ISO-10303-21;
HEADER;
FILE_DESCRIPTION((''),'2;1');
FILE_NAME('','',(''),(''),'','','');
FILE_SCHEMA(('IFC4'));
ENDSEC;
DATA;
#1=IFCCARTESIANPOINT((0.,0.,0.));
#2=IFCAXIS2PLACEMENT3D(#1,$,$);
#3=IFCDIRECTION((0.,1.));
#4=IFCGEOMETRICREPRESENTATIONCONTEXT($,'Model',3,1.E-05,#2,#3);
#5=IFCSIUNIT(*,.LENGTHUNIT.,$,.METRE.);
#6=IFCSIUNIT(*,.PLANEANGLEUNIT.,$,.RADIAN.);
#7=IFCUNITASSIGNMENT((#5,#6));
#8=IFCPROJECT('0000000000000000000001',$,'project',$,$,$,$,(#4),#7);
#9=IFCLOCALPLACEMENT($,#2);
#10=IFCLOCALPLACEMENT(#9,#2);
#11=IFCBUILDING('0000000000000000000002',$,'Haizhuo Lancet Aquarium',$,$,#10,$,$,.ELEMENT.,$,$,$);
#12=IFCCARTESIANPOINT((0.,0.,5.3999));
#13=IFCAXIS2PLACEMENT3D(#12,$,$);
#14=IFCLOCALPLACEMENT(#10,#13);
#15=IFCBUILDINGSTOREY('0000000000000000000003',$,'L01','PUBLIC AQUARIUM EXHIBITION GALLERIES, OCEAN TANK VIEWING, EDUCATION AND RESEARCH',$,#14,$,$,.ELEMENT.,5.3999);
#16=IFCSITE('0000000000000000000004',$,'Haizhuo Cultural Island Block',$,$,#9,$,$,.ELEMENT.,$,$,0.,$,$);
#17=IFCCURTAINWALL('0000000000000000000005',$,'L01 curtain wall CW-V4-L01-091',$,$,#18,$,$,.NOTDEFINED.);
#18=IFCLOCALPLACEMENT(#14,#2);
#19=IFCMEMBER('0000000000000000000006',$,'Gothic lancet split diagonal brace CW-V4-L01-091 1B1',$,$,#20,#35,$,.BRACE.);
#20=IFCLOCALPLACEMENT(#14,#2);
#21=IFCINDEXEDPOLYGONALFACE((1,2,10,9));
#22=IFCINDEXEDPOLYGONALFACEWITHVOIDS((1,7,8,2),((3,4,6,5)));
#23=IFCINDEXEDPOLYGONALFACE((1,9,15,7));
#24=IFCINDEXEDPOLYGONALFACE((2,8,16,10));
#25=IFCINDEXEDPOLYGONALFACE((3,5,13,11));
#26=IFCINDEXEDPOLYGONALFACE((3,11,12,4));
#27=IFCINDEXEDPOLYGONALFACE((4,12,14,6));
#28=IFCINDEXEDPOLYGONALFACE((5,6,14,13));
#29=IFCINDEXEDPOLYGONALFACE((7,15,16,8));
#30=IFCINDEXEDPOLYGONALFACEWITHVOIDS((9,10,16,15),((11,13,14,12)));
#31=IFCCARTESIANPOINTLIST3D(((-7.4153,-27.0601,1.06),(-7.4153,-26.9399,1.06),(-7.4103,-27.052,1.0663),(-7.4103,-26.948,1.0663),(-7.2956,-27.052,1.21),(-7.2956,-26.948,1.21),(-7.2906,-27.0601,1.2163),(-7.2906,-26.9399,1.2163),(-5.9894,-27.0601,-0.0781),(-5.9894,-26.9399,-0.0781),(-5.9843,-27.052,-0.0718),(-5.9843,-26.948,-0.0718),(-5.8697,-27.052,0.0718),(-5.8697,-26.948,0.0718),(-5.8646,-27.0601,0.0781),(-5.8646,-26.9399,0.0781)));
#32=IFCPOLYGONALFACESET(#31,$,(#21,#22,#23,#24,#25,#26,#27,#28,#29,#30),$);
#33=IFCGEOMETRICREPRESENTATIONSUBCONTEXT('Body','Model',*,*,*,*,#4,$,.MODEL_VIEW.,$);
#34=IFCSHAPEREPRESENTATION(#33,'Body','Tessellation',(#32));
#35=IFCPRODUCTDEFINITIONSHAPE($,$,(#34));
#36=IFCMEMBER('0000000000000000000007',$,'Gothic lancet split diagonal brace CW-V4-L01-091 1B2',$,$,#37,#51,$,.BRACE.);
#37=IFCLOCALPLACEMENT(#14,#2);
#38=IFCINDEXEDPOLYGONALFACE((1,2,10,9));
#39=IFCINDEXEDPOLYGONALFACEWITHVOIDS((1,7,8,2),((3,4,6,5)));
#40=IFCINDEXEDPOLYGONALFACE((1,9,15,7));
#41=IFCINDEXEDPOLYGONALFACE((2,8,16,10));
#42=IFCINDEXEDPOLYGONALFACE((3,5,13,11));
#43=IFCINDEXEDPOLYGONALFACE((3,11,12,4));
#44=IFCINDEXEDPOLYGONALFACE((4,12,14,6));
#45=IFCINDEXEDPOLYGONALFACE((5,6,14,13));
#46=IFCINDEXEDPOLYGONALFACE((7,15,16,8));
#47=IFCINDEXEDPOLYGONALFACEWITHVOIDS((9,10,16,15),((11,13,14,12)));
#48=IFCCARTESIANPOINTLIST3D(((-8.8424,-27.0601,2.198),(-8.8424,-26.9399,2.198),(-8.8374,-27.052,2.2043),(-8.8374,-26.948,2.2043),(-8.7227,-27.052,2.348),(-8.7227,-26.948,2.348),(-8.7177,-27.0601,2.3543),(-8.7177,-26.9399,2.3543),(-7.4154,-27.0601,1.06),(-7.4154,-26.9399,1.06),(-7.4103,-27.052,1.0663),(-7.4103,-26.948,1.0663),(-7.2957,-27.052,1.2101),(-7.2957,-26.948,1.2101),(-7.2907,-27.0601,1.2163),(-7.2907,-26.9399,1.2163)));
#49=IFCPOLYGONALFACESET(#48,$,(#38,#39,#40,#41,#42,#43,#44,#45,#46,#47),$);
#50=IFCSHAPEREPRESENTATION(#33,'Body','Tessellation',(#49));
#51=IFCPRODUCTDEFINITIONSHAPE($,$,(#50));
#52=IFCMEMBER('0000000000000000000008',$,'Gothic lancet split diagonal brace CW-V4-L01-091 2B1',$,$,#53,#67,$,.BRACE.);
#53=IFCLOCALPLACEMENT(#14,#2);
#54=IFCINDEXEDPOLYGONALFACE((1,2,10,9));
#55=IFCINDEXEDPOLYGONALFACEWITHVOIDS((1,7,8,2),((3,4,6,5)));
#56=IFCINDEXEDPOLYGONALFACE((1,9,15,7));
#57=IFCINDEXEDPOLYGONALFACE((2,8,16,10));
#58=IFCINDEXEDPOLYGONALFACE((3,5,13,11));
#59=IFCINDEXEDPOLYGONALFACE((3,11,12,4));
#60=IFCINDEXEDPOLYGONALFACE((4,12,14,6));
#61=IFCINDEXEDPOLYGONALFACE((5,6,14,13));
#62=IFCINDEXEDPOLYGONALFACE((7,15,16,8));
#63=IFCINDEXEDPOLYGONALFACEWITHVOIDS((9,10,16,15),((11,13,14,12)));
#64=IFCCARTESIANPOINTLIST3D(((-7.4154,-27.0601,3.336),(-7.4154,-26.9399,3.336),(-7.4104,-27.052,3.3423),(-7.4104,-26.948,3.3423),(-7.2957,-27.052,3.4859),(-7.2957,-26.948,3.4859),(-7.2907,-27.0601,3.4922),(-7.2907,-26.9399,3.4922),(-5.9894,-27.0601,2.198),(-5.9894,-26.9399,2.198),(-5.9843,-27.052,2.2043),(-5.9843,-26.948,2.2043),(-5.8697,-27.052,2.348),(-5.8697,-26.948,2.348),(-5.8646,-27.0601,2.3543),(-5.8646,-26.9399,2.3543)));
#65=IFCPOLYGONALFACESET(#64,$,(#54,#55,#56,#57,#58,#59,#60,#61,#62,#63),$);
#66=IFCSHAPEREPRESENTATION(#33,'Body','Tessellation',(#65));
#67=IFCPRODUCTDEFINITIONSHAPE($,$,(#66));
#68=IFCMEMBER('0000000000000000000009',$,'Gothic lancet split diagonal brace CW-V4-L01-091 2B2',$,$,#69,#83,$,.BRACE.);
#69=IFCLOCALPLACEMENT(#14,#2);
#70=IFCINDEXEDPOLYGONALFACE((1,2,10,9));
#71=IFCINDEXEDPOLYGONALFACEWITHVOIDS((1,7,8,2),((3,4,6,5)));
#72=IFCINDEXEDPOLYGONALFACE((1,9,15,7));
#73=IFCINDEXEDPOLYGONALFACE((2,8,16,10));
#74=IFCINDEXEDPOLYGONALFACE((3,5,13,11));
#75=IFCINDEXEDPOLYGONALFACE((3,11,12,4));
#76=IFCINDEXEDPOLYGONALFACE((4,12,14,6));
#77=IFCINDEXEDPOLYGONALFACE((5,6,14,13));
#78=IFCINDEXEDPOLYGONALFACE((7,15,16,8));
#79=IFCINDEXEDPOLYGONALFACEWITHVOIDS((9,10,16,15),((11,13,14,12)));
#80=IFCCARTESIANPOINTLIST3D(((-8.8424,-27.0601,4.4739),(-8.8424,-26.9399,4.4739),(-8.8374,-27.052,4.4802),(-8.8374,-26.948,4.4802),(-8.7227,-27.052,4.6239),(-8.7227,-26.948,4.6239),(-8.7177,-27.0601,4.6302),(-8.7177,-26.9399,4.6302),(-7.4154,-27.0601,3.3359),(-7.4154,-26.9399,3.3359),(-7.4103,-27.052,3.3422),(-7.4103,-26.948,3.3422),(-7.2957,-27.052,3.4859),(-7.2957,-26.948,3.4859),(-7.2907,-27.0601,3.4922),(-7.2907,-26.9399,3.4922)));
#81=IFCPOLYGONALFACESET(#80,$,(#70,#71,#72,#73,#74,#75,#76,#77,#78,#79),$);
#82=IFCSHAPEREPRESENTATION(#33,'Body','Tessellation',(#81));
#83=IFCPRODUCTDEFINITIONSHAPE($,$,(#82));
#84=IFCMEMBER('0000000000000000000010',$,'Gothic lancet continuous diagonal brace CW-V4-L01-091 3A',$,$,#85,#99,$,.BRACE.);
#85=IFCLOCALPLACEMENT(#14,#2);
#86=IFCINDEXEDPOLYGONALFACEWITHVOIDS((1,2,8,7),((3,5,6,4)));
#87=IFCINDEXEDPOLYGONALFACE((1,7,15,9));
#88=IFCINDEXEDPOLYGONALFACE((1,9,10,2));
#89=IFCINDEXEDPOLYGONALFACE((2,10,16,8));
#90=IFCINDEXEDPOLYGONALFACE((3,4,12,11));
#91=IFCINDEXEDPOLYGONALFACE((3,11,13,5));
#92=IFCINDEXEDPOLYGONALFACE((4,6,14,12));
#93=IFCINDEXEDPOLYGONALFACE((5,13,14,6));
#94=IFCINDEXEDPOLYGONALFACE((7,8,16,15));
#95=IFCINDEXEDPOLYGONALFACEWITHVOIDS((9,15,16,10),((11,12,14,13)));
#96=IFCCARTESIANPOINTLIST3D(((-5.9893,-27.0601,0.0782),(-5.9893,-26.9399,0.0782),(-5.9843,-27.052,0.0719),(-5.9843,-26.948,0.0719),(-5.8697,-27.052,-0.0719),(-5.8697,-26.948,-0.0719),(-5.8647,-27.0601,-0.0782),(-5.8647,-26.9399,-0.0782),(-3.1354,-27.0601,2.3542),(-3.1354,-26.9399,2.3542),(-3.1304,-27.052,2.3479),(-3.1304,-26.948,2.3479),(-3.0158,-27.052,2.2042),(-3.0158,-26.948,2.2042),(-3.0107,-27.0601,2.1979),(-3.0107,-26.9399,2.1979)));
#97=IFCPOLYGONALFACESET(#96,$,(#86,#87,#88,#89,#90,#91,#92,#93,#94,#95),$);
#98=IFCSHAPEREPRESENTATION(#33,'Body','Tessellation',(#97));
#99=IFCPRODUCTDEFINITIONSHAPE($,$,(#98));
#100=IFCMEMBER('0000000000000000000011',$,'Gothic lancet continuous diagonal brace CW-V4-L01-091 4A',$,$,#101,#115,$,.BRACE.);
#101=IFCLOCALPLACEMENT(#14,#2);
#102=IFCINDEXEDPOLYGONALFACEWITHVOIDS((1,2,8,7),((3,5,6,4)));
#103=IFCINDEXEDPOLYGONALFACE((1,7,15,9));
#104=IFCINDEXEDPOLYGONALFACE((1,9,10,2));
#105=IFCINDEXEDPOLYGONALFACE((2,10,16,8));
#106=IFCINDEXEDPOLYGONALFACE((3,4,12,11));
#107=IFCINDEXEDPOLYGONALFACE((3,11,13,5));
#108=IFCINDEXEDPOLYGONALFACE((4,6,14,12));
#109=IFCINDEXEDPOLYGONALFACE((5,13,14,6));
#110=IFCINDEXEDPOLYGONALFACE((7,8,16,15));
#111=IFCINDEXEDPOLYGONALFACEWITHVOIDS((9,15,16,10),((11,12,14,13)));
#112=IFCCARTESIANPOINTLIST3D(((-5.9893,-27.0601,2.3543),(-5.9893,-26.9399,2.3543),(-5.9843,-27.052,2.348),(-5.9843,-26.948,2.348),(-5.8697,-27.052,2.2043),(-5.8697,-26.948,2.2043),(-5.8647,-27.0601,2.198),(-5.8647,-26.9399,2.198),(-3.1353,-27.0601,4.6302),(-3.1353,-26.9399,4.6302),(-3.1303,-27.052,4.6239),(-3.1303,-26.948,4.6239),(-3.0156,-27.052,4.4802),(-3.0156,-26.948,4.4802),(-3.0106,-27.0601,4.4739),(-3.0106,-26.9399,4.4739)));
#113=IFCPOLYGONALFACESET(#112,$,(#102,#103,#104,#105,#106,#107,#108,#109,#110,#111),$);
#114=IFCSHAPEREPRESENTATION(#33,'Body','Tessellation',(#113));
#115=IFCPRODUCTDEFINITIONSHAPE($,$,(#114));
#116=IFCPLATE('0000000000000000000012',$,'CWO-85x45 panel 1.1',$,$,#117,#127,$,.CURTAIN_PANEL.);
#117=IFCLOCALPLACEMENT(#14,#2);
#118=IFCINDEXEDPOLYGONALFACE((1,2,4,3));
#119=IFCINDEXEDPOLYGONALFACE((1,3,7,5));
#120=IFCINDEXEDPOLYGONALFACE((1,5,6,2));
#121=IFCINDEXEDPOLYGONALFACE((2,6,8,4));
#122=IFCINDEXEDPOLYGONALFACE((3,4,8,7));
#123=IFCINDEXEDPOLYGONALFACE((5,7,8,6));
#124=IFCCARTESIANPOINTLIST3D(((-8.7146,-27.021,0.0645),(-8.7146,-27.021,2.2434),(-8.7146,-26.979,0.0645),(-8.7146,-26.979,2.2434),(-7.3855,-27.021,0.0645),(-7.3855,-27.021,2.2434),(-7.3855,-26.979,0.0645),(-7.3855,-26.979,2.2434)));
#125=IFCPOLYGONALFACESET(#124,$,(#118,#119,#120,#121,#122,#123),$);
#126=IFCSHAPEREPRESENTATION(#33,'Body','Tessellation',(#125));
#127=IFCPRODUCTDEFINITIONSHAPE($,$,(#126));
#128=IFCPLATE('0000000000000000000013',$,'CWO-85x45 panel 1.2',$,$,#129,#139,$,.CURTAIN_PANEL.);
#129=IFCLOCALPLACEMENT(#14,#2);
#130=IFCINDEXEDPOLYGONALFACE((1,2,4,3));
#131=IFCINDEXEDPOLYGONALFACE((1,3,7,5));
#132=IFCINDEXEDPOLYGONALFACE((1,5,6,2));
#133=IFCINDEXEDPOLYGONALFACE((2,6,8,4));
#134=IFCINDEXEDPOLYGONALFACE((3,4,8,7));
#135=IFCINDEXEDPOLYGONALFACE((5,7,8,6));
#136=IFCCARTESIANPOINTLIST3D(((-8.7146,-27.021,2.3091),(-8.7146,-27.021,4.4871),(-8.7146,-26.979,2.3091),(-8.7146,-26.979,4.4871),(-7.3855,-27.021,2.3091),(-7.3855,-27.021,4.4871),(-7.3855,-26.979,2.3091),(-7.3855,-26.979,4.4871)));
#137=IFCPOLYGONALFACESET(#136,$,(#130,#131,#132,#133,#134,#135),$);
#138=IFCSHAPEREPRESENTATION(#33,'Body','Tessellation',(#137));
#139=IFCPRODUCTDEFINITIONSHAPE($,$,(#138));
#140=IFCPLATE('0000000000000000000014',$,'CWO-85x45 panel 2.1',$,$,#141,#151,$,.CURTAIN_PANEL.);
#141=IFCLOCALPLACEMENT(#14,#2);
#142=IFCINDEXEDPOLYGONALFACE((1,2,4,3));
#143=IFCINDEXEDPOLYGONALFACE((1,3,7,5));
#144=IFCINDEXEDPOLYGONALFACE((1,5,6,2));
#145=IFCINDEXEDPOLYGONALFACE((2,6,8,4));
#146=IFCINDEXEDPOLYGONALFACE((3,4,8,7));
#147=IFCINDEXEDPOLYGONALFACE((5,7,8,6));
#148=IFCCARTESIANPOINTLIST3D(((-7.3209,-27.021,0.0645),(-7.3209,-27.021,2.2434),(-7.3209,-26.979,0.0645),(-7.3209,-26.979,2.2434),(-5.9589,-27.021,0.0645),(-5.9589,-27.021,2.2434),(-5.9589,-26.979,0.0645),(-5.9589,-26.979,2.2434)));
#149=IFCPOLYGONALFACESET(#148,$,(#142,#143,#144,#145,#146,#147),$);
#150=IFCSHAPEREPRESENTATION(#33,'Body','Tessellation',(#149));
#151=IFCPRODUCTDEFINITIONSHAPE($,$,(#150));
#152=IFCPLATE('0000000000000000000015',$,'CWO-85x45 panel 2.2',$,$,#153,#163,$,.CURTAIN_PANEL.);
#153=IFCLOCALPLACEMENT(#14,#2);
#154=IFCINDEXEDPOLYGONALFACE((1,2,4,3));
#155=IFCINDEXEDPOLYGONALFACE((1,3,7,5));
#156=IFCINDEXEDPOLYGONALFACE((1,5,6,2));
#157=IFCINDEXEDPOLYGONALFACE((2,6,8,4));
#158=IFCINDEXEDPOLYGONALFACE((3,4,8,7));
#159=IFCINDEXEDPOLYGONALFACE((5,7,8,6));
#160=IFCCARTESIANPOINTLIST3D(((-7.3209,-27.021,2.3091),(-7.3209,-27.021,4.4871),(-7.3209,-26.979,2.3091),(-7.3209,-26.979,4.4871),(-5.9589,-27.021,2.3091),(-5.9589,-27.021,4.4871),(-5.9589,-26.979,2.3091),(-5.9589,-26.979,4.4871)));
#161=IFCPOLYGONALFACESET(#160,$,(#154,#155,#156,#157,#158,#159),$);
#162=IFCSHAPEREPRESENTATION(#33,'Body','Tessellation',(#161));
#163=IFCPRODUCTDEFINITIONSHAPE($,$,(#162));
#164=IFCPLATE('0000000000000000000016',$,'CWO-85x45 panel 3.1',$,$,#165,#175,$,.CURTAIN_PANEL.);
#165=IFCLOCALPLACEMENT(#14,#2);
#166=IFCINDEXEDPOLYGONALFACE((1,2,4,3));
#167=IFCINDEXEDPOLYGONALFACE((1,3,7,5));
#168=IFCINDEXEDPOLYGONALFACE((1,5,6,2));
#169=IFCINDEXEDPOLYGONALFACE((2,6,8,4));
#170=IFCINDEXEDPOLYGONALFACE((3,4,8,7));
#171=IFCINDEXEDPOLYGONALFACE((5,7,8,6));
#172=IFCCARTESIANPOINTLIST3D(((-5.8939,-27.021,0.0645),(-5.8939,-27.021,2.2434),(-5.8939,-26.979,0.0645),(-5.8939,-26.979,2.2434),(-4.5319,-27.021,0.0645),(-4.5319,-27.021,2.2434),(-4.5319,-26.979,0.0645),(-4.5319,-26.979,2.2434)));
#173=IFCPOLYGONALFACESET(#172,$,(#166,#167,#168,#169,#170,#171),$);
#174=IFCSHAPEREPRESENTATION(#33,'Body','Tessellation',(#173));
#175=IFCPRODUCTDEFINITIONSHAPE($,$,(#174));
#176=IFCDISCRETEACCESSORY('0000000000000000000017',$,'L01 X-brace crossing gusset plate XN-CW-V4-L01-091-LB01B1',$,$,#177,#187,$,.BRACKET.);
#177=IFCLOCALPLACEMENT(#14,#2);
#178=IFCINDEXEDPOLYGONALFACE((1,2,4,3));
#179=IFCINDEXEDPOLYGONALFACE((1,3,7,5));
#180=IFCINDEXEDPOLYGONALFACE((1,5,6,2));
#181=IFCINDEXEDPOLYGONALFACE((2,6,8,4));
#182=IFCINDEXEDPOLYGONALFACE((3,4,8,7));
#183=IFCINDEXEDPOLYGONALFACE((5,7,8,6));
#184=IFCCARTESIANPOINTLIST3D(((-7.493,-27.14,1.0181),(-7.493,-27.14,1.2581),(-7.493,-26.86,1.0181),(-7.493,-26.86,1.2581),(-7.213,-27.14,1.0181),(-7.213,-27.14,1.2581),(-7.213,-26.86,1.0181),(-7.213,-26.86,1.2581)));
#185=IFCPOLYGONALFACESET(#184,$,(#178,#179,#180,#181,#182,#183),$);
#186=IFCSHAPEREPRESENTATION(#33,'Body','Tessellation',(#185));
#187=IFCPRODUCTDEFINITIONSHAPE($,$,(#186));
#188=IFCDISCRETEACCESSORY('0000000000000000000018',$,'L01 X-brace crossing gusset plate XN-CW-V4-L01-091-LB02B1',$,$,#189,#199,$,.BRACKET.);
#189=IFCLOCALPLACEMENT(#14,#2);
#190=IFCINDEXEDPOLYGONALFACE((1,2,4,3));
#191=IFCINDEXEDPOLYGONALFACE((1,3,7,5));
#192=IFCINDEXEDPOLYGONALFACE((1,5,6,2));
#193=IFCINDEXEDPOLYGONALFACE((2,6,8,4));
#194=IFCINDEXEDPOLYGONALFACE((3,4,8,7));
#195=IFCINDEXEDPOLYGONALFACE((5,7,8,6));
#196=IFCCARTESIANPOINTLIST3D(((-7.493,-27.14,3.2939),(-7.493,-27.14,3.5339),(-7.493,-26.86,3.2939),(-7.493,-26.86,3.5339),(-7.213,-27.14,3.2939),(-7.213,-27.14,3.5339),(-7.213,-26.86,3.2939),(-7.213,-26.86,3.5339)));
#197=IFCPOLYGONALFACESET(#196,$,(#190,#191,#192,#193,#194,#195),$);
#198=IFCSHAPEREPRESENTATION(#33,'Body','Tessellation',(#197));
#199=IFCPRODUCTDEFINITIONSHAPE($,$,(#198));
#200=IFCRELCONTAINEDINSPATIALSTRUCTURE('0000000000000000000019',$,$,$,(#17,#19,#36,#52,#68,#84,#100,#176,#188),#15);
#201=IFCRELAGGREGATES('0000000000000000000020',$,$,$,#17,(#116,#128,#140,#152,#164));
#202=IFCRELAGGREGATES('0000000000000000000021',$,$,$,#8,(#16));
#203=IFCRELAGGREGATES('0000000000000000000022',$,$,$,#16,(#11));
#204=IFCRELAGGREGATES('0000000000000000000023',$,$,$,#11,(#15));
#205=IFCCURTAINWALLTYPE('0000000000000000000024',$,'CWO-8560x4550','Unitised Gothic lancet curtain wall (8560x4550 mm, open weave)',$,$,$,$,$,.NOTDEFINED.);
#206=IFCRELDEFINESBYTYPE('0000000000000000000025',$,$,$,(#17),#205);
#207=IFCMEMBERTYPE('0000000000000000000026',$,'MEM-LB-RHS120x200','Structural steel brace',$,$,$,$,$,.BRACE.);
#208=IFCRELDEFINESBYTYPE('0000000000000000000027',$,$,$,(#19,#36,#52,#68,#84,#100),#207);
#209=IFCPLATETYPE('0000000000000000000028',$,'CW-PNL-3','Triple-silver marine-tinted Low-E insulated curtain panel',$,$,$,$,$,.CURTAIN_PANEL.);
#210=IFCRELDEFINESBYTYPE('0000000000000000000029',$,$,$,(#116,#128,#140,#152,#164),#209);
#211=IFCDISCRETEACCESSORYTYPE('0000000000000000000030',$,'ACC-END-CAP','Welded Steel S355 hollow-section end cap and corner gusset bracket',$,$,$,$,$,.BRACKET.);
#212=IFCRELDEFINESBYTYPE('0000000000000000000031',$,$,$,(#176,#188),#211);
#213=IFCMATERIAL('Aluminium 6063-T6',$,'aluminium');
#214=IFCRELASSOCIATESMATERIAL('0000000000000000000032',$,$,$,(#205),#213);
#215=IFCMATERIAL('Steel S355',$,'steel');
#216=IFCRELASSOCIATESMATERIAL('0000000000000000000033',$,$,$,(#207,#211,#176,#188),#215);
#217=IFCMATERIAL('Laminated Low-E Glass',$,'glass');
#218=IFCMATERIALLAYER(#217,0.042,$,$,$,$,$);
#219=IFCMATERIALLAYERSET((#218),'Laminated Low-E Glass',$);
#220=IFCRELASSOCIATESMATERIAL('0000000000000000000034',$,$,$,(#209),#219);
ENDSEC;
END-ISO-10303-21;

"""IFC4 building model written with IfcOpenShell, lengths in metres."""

from ifc_helpers import new_model, si_unit, direction, frame, origin, origin_2d, place, context, subcontext, project, spatial, rectangle, hollow_rectangle, extrude, material, layer, layer_set, material_profile, profile_set, type_object, element, aggregate, save


model = new_model("IFC4")

# Units and contexts
model_context = context("Model", 3, precision=1e-05, world=origin(), true_north=direction((0.0, 1.0)))
body_context = subcontext(model_context, "Body", "Model", "MODEL_VIEW")
ifc_project = project(units=[si_unit("LENGTHUNIT", "METRE"), si_unit("PLANEANGLEUNIT", "RADIAN")], contexts=[model_context])

# Site, building, storey
site_placement = place(None, origin())
site = spatial("IfcSite", under=ifc_project, at=site_placement, Name="Haizhuo Cultural Island Block", CompositionType="ELEMENT", RefElevation=0.0)
building_placement = place(site_placement, origin())
building = spatial("IfcBuilding", under=site, at=building_placement, Name="Haizhuo Lancet Aquarium", CompositionType="ELEMENT")
storey_placement = place(building_placement, frame((0.0, 0.0, 5.3999)))
storey = spatial("IfcBuildingStorey", under=building, at=storey_placement, Name="L01", Description="PUBLIC AQUARIUM EXHIBITION GALLERIES, OCEAN TANK VIEWING, EDUCATION AND RESEARCH", CompositionType="ELEMENT", Elevation=5.3999)

# Curtain wall
ifc_material_1 = material(Name="Aluminium 6063-T6", Category="aluminium")
curtain_wall_type = type_object("IfcCurtainWallType", Name="CWO-8560x4550", Description="Unitised Gothic lancet curtain wall (8560x4550 mm, open weave)", PredefinedType="NOTDEFINED", material=ifc_material_1)
curtain_wall_placement = place(storey_placement, origin())
curtain_wall = element("IfcCurtainWall", 1, at=curtain_wall_placement, inside=storey, type_object=curtain_wall_type, Name="L01 curtain wall CW-V4-L01-091", PredefinedType="NOTDEFINED")

# Members
ifc_material_2 = material(Name="Steel S355", Category="steel")
ifc_material_profile_1 = material_profile(ifc_material_2, hollow_rectangle(XDim=0.1201, YDim=0.2, WallThickness=0.0081, at=origin_2d()), Name="RHS 120x200x8")
ifc_profile_set_1 = profile_set([ifc_material_profile_1], Name="Steel S355")
member_type_1 = type_object("IfcMemberType", Name="MEM-LB-RHS120x200", Description="Structural steel brace", PredefinedType="BRACE", material=ifc_profile_set_1)
member_1_placement = place(storey_placement, frame((-5.927, -27.0, 0.0), z_axis=(-0.781573, 0.0, 0.623813), x_axis=(0.0, -1.0, 0.0)))
element("IfcMember", 2, at=member_1_placement, inside=storey, type_object=member_type_1, Name="Gothic lancet split diagonal brace CW-V4-L01-091 1B1", PredefinedType="BRACE", context=body_context, shape_type="SweptSolid", body=[
    extrude(hollow_rectangle(XDim=0.1201, YDim=0.2, WallThickness=0.0081, at=origin_2d()), origin(), (0.0, 0.0, 1.0), 1.8245),
])
member_2_placement = place(storey_placement, frame((-7.353, -27.0, 1.1382), z_axis=(-0.781847, 0.0, 0.623471), x_axis=(0.0, -1.0, 0.0)))
element("IfcMember", 3, at=member_2_placement, inside=storey, type_object=member_type_1, Name="Gothic lancet split diagonal brace CW-V4-L01-091 1B2", PredefinedType="BRACE", context=body_context, shape_type="SweptSolid", body=[
    extrude(hollow_rectangle(XDim=0.1201, YDim=0.2, WallThickness=0.0081, at=origin_2d()), origin(), (0.0, 0.0, 1.0), 1.8252),
])
member_3_placement = place(storey_placement, frame((-5.927, -27.0, 2.2761), z_axis=(-0.781638, 0.0, 0.623732), x_axis=(0.0, -1.0, 0.0)))
element("IfcMember", 4, at=member_3_placement, inside=storey, type_object=member_type_1, Name="Gothic lancet split diagonal brace CW-V4-L01-091 2B1", PredefinedType="BRACE", context=body_context, shape_type="SweptSolid", body=[
    extrude(hollow_rectangle(XDim=0.1201, YDim=0.2, WallThickness=0.0081, at=origin_2d()), origin(), (0.0, 0.0, 1.0), 1.8245),
])
member_4_placement = place(storey_placement, frame((-7.353, -27.0, 3.4141), z_axis=(-0.781847, 0.0, 0.623471), x_axis=(0.0, -1.0, 0.0)))
element("IfcMember", 5, at=member_4_placement, inside=storey, type_object=member_type_1, Name="Gothic lancet split diagonal brace CW-V4-L01-091 2B2", PredefinedType="BRACE", context=body_context, shape_type="SweptSolid", body=[
    extrude(hollow_rectangle(XDim=0.1201, YDim=0.2, WallThickness=0.0081, at=origin_2d()), origin(), (0.0, 0.0, 1.0), 1.8252),
])
for number, where, z_axis, x_axis, name in (
    (6, (-5.927, -27.0, 0.0), (0.781814, 0.0, 0.623512), (0.0, 1.0, 0.0), "Gothic lancet continuous diagonal brace CW-V4-L01-091 3A"),
    (7, (-5.927, -27.0, 2.2761), (0.781847, 0.0, 0.623471), (0.0, 1.0, 0.0), "Gothic lancet continuous diagonal brace CW-V4-L01-091 4A"),
):
    element("IfcMember", number, at=place(storey_placement, frame(where, z_axis=z_axis, x_axis=x_axis)), inside=storey, type_object=member_type_1, Name=name, PredefinedType="BRACE", context=body_context, shape_type="SweptSolid", body=[
        extrude(hollow_rectangle(XDim=0.1201, YDim=0.2, WallThickness=0.0081, at=origin_2d()), origin(), (0.0, 0.0, 1.0), 3.6504),
    ])

# Plates
ifc_material_3 = material(Name="Laminated Low-E Glass", Category="glass")
ifc_layer = layer(ifc_material_3, 0.042)
ifc_layer_set = layer_set([ifc_layer], Name="Laminated Low-E Glass")
plate_type = type_object("IfcPlateType", Name="CW-PNL-3", Description="Triple-silver marine-tinted Low-E insulated curtain panel", PredefinedType="CURTAIN_PANEL", material=ifc_layer_set)
plate_1_placement = place(storey_placement, frame((-8.05, -27.0, 0.0645), z_axis=(0.0, 0.0, 1.0), x_axis=(1.0, 0.0, 0.0)))
plate_1 = element("IfcPlate", 8, at=plate_1_placement, type_object=plate_type, Name="CWO-85x45 panel 1.1", PredefinedType="CURTAIN_PANEL", context=body_context, shape_type="SweptSolid", body=[
    extrude(rectangle(XDim=1.3291, YDim=0.042, at=origin_2d()), origin(), (0.0, 0.0, 1.0), 2.179),
])
plate_2_placement = place(storey_placement, frame((-8.05, -27.0, 2.3091), z_axis=(0.0, 0.0, 1.0), x_axis=(1.0, 0.0, 0.0)))
plate_2 = element("IfcPlate", 9, at=plate_2_placement, type_object=plate_type, Name="CWO-85x45 panel 1.2", PredefinedType="CURTAIN_PANEL", context=body_context, shape_type="SweptSolid", body=[
    extrude(rectangle(XDim=1.3291, YDim=0.042, at=origin_2d()), origin(), (0.0, 0.0, 1.0), 2.178),
])
plate_3_placement = place(storey_placement, frame((-6.6399, -27.0, 0.0645), z_axis=(0.0, 0.0, 1.0), x_axis=(1.0, 0.0, 0.0)))
plate_3 = element("IfcPlate", 10, at=plate_3_placement, type_object=plate_type, Name="CWO-85x45 panel 2.1", PredefinedType="CURTAIN_PANEL", context=body_context, shape_type="SweptSolid", body=[
    extrude(rectangle(XDim=1.3621, YDim=0.042, at=origin_2d()), origin(), (0.0, 0.0, 1.0), 2.179),
])
plate_4_placement = place(storey_placement, frame((-6.6399, -27.0, 2.3091), z_axis=(0.0, 0.0, 1.0), x_axis=(1.0, 0.0, 0.0)))
plate_4 = element("IfcPlate", 11, at=plate_4_placement, type_object=plate_type, Name="CWO-85x45 panel 2.2", PredefinedType="CURTAIN_PANEL", context=body_context, shape_type="SweptSolid", body=[
    extrude(rectangle(XDim=1.3621, YDim=0.042, at=origin_2d()), origin(), (0.0, 0.0, 1.0), 2.178),
])
plate_5_placement = place(storey_placement, frame((-5.2129, -27.0, 0.0645), z_axis=(0.0, 0.0, 1.0), x_axis=(1.0, 0.0, 0.0)))
plate_5 = element("IfcPlate", 12, at=plate_5_placement, type_object=plate_type, Name="CWO-85x45 panel 3.1", PredefinedType="CURTAIN_PANEL", context=body_context, shape_type="SweptSolid", body=[
    extrude(rectangle(XDim=1.3621, YDim=0.042, at=origin_2d()), origin(), (0.0, 0.0, 1.0), 2.179),
])
aggregate(curtain_wall, [plate_1, plate_2, plate_3, plate_4, plate_5])

# Discrete accessories
discrete_accessory_type = type_object("IfcDiscreteAccessoryType", Name="ACC-END-CAP", Description="Welded Steel S355 hollow-section end cap and corner gusset bracket", PredefinedType="BRACKET", material=ifc_material_2)
for number, where, z_axis, x_axis, name in (
    (13, (-7.353, -27.0, 1.0181), (0.0, 0.0, 1.0), (1.0, 0.0, 0.0), "L01 X-brace crossing gusset plate XN-CW-V4-L01-091-LB01B1"),
    (14, (-7.353, -27.0, 3.2939), (0.0, 0.0, 1.0), (1.0, 0.0, 0.0), "L01 X-brace crossing gusset plate XN-CW-V4-L01-091-LB02B1"),
):
    element("IfcDiscreteAccessory", number, at=place(storey_placement, frame(where, z_axis=z_axis, x_axis=x_axis)), inside=storey, type_object=discrete_accessory_type, material=ifc_material_2, Name=name, PredefinedType="BRACKET", context=body_context, shape_type="SweptSolid", body=[
        extrude(rectangle(XDim=0.28, YDim=0.28, at=origin_2d()), origin(), (0.0, 0.0, 1.0), 0.24),
    ])

save(model, "model.ifc")
